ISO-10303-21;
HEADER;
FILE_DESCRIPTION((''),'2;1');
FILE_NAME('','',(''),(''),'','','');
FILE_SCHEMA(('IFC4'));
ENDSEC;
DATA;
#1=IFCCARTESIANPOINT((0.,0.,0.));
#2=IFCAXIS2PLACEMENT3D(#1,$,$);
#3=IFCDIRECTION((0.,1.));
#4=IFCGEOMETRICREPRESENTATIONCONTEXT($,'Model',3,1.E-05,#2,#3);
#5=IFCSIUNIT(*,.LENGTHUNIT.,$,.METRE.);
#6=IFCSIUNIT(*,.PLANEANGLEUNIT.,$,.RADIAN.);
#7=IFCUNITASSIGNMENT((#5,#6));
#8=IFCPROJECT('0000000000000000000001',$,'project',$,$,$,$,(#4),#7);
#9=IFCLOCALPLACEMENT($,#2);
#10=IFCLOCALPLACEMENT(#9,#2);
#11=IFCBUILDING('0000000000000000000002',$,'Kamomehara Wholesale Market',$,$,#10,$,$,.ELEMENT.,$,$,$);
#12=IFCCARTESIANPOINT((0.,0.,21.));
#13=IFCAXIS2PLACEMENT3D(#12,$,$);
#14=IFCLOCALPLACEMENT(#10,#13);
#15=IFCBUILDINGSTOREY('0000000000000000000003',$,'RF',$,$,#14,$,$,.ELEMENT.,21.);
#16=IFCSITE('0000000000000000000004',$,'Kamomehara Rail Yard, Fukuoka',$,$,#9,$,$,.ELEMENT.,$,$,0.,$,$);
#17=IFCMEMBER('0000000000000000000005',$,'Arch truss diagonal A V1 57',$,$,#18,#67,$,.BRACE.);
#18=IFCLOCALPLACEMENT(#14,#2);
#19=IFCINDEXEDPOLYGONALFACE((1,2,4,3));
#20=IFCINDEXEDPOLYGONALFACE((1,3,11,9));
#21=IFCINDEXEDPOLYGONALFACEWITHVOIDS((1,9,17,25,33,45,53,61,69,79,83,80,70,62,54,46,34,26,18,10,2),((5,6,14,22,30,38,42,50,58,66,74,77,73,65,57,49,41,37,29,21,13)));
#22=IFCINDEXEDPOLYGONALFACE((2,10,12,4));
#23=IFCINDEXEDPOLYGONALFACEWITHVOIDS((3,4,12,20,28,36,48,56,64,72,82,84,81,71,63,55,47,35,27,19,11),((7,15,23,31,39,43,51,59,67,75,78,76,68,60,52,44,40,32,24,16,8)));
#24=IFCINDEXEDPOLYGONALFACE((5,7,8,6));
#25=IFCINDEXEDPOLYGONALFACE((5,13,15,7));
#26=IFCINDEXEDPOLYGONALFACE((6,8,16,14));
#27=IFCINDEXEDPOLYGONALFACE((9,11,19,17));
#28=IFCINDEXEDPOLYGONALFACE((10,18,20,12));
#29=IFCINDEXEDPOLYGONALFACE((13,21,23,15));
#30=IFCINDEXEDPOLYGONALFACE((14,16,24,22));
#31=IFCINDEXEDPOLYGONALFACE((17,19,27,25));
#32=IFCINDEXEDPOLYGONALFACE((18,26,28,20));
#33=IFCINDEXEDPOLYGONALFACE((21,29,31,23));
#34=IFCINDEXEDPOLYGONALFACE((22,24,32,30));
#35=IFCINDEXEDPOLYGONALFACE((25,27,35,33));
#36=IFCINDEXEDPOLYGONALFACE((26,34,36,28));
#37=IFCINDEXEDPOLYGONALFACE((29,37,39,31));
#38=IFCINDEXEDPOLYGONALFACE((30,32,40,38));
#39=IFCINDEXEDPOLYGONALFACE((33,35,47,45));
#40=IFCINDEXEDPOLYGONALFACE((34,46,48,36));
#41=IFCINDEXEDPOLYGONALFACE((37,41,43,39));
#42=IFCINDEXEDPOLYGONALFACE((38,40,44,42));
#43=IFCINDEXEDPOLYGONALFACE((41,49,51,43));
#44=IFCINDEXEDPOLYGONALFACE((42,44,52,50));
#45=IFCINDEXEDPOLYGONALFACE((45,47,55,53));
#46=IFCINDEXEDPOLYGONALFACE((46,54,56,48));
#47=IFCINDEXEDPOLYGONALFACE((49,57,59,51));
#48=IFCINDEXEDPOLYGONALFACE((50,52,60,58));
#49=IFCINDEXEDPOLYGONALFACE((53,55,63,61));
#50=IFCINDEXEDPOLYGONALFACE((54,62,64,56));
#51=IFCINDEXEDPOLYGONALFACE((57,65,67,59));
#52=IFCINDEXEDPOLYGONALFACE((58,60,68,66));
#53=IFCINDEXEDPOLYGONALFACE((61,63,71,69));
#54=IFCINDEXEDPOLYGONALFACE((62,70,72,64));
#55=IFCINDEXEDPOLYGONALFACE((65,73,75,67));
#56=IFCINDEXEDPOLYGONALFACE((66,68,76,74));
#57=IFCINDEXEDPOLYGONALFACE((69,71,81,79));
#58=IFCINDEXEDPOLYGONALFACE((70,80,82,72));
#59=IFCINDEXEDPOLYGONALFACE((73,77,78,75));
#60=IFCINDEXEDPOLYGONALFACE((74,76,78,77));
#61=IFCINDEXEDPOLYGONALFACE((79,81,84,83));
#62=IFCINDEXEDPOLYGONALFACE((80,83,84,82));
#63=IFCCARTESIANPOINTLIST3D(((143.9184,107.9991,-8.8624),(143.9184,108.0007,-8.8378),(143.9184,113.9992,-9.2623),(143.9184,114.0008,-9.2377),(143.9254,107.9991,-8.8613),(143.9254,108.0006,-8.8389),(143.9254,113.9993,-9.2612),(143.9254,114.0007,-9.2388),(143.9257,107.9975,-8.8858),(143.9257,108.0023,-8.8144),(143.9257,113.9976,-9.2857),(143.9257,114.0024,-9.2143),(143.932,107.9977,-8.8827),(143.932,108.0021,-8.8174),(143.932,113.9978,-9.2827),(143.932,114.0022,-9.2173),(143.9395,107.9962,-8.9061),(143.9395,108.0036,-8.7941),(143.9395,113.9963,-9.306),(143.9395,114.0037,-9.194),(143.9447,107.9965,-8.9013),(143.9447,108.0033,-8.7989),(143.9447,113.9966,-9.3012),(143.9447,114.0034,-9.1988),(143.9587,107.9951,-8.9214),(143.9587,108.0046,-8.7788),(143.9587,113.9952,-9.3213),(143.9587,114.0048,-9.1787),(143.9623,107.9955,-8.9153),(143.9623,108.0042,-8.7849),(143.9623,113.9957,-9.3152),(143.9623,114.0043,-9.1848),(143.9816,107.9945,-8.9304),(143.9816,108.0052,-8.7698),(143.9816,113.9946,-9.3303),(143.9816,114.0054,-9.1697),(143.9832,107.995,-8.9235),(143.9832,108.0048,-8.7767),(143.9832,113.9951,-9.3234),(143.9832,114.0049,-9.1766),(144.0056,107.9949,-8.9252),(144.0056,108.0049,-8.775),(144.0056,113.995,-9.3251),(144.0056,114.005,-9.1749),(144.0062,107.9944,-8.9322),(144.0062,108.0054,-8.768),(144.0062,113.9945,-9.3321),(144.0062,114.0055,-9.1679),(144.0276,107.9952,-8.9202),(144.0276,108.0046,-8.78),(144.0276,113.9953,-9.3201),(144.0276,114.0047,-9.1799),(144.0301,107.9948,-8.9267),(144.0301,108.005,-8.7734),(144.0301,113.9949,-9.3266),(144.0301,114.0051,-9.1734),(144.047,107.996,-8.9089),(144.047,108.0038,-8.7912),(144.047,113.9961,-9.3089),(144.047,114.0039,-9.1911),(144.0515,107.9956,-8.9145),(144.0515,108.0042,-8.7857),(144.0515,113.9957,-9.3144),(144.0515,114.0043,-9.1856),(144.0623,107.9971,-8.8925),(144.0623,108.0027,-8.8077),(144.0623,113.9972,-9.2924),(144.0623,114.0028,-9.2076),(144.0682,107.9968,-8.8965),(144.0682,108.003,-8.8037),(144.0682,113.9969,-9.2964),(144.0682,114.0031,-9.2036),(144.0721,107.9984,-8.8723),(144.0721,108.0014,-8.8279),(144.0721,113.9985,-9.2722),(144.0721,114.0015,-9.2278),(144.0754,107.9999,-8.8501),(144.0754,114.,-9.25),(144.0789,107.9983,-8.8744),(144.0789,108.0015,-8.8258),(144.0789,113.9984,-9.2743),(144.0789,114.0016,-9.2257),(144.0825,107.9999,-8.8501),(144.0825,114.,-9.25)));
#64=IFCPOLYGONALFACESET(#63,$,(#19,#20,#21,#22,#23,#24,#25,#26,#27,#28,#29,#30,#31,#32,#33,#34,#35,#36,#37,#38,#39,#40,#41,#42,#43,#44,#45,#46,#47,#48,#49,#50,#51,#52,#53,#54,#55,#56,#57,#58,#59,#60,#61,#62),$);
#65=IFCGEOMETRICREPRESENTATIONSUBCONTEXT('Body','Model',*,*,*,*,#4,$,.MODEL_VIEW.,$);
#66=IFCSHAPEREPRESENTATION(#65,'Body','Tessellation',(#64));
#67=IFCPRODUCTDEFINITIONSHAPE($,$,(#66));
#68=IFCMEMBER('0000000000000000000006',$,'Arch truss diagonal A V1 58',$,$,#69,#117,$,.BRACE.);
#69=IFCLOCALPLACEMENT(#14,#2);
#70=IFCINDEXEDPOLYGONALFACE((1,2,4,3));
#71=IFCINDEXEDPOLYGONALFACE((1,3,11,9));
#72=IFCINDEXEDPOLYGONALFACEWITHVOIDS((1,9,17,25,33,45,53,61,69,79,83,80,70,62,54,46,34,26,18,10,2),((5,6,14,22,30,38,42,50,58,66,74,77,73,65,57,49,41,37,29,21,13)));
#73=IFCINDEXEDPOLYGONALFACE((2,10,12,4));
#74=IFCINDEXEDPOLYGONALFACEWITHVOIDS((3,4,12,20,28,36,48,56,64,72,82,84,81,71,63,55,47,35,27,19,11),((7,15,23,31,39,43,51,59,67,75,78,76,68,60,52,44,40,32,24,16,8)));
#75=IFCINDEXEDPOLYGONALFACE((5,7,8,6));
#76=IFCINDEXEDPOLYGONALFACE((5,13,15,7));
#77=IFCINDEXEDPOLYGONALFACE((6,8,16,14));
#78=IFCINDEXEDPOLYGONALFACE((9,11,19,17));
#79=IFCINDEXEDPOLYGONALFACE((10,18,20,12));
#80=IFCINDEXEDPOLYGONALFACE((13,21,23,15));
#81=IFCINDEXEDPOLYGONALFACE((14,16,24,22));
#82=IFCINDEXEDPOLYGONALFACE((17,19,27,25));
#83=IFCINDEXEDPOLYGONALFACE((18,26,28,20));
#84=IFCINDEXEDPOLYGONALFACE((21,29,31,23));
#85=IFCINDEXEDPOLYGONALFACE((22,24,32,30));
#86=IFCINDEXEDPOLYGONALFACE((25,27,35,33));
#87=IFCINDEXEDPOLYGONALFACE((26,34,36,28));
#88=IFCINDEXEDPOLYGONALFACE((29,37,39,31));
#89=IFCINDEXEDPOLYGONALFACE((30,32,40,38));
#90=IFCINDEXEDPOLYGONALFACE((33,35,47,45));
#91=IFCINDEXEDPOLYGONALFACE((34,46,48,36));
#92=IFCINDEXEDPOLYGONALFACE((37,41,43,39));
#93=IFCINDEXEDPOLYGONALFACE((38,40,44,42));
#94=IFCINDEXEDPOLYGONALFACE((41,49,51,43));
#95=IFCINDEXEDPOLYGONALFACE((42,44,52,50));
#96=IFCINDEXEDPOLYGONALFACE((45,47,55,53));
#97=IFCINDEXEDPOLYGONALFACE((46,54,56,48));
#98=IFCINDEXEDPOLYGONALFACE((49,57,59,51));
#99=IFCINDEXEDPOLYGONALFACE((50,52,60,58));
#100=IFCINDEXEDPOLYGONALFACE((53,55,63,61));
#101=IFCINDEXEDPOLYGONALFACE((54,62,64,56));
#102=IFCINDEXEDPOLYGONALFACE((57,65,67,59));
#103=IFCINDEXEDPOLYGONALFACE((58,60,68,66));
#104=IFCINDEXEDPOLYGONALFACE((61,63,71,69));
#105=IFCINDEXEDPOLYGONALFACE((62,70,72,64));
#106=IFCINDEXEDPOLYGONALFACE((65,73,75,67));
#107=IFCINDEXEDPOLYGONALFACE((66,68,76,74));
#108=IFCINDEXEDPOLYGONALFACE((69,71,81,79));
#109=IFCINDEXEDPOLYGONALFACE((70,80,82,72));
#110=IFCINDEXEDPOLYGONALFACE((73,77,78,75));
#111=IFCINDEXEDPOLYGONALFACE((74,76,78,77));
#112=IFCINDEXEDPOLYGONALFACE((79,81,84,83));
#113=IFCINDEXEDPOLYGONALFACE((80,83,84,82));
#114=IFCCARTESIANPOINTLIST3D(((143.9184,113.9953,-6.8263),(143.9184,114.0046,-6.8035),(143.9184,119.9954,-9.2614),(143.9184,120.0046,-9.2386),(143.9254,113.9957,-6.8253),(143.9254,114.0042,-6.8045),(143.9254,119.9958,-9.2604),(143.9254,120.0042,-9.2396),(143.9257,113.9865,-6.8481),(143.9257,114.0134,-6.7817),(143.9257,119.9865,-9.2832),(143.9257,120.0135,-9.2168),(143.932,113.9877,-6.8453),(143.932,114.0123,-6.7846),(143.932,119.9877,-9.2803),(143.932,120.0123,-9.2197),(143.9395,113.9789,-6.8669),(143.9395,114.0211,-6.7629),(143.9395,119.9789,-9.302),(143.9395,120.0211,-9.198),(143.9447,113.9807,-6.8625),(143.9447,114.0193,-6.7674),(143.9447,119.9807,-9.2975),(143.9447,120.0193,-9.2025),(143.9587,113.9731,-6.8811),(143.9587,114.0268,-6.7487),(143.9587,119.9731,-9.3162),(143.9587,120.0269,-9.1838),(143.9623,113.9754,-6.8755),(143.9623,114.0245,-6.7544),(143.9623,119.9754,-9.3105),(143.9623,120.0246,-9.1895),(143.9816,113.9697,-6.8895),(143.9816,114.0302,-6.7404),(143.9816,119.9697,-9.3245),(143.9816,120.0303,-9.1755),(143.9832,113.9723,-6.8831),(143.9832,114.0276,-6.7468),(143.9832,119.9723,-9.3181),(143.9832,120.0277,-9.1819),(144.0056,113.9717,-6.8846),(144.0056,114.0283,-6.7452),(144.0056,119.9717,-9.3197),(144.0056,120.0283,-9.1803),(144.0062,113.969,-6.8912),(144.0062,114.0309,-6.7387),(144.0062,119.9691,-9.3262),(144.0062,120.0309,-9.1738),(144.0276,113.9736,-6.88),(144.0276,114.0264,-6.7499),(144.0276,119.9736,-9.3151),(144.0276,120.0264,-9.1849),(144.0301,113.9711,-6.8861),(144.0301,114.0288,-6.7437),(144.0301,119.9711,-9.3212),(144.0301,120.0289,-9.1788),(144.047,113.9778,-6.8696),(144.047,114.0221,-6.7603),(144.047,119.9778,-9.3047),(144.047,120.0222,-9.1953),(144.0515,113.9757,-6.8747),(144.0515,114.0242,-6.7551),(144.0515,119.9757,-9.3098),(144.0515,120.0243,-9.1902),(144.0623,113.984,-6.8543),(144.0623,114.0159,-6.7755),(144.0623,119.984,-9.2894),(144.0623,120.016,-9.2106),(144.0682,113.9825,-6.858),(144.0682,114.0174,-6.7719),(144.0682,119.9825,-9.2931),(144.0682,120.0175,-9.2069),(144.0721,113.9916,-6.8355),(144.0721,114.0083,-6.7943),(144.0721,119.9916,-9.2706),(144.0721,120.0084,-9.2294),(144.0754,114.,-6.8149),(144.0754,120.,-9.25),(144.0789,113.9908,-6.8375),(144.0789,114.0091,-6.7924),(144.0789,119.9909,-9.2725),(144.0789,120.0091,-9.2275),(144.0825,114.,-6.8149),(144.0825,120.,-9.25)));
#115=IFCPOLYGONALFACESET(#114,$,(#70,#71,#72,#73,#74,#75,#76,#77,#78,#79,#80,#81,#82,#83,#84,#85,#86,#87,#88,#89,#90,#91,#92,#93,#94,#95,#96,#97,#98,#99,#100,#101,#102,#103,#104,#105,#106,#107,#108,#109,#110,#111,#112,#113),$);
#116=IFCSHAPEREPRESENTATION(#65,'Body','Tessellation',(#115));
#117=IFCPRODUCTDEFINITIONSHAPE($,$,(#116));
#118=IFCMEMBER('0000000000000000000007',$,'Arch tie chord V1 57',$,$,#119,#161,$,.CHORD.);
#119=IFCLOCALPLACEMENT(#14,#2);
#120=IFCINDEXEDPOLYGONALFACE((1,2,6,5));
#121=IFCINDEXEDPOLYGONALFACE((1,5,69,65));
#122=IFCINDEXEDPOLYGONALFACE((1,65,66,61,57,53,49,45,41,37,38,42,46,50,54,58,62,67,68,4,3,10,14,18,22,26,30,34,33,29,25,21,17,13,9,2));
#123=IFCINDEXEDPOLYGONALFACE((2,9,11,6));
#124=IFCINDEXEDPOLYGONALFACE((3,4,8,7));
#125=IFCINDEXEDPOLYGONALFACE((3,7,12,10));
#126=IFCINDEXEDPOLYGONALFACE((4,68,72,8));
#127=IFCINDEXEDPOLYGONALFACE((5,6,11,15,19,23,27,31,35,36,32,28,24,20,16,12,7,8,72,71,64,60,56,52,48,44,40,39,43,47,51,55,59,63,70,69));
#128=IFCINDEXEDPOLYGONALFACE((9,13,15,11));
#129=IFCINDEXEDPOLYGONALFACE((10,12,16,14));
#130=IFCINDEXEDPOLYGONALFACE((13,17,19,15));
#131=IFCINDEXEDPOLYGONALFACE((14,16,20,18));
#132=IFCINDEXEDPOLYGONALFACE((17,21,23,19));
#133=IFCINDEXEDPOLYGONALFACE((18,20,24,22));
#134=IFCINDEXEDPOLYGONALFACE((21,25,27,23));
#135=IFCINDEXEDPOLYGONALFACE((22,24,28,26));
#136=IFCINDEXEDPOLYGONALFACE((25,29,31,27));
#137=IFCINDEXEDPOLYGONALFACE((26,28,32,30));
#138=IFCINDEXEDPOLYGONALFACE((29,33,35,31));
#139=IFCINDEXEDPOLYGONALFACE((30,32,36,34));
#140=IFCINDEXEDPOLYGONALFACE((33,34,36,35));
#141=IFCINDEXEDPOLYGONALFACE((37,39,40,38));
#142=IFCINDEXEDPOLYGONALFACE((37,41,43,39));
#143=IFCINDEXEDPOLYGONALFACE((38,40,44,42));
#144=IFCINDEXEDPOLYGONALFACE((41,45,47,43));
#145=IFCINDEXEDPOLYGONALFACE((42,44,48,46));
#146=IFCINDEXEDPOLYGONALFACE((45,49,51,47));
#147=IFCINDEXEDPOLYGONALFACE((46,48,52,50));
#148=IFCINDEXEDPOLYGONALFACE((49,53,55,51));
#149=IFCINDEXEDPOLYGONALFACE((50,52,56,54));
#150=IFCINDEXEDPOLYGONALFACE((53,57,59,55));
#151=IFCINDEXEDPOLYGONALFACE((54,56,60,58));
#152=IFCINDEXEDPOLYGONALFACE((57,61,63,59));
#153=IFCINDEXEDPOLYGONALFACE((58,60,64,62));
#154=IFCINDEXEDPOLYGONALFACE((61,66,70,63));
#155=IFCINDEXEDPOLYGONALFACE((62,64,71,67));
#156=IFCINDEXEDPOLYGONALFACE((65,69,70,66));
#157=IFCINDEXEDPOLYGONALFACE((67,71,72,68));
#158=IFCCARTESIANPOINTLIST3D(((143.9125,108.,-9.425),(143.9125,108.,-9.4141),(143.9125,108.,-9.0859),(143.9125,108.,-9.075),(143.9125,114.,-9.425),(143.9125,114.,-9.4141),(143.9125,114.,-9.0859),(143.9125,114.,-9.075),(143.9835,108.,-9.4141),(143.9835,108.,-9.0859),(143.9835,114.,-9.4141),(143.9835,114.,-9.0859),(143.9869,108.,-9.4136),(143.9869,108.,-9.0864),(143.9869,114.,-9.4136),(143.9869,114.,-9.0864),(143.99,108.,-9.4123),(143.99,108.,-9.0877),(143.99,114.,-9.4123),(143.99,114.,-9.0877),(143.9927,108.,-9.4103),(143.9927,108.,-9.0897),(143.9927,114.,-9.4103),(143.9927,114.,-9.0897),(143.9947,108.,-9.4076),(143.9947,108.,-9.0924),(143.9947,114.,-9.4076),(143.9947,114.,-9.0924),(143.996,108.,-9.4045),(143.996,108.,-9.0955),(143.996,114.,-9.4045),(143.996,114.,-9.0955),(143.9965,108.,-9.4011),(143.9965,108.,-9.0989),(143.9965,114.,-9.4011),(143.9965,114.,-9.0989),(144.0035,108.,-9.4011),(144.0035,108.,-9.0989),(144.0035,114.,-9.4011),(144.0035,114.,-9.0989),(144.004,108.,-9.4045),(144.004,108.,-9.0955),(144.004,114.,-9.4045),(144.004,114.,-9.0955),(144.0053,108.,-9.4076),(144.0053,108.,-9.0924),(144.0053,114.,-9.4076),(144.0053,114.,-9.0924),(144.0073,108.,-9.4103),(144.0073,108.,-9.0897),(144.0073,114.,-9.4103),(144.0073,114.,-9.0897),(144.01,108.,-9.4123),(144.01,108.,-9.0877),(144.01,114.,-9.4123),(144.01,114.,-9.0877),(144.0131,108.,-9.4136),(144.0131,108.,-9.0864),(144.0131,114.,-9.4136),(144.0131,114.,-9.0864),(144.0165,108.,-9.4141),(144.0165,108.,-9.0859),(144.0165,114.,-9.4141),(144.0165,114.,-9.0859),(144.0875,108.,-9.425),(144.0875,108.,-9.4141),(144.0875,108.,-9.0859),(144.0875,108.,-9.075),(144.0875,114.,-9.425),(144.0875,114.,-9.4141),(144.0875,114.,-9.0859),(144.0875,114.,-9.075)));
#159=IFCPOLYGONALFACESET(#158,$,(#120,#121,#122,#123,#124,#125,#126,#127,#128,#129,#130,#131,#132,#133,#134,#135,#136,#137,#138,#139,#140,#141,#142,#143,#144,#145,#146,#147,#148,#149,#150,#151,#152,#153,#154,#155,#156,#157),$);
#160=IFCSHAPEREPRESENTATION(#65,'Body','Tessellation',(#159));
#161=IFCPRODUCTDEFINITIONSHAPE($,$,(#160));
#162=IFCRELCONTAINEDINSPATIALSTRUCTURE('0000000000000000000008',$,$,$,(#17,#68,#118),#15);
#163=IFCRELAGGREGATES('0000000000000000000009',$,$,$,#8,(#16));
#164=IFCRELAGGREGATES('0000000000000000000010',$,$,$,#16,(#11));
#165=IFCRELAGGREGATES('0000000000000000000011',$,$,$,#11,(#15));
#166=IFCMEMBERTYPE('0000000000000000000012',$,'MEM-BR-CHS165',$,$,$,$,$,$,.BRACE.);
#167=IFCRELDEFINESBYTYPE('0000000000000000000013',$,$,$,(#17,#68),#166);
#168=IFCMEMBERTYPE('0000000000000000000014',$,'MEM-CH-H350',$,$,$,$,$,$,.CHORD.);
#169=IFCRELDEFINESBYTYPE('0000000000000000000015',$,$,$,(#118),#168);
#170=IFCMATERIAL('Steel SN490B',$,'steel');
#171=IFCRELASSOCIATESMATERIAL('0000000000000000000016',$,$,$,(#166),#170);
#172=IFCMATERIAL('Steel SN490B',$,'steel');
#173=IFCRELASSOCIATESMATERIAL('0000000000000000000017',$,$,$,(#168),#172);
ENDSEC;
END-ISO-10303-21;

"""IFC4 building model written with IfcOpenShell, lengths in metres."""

from ifc_helpers import new_model, si_unit, direction, frame, origin, origin_2d, place, context, subcontext, project, spatial, hollow_circle, i_section, extrude, material, material_profile, profile_set, type_object, element, save


model = new_model("IFC4")

# Units and contexts
model_context = context("Model", 3, precision=1e-05, world=origin(), true_north=direction((0.0, 1.0)))
body_context = subcontext(model_context, "Body", "Model", "MODEL_VIEW")
ifc_project = project(units=[si_unit("LENGTHUNIT", "METRE"), si_unit("PLANEANGLEUNIT", "RADIAN")], contexts=[model_context])

# Site, building, storey
site_placement = place(None, origin())
site = spatial("IfcSite", under=ifc_project, at=site_placement, Name="Kamomehara Rail Yard, Fukuoka", CompositionType="ELEMENT", RefElevation=0.0)
building_placement = place(site_placement, origin())
building = spatial("IfcBuilding", under=site, at=building_placement, Name="Kamomehara Wholesale Market", CompositionType="ELEMENT")
storey_placement = place(building_placement, frame((0.0, 0.0, 21.0)))
storey = spatial("IfcBuildingStorey", under=building, at=storey_placement, Name="RF", CompositionType="ELEMENT", Elevation=21.0)

# Members
ifc_material_1 = material(Name="Steel SN490B", Category="steel")
ifc_material_profile_1 = material_profile(ifc_material_1, hollow_circle(Radius=0.0825, WallThickness=0.0071, at=origin_2d()), Name="CHS-165.2x7.1")
ifc_profile_set_1 = profile_set([ifc_material_profile_1], Name="Steel SN490B")
member_type_1 = type_object("IfcMemberType", Name="MEM-BR-CHS165", PredefinedType="BRACE", material=ifc_profile_set_1)
member_1_placement = place(storey_placement, frame((144.0, 114.0, -9.25), z_axis=(0.0, -0.997786, 0.066503), x_axis=(1.0, 0.0, 0.0)))
element("IfcMember", 1, at=member_1_placement, inside=storey, type_object=member_type_1, Name="Arch truss diagonal A V1 57", PredefinedType="BRACE", context=body_context, shape_type="SweptSolid", body=[
    extrude(hollow_circle(Radius=0.0825, WallThickness=0.0071, at=origin_2d()), origin(), (0.0, 0.0, 1.0), 6.0134),
])
member_2_placement = place(storey_placement, frame((144.0, 120.0, -9.25), z_axis=(0.0, -0.926598, 0.376053), x_axis=(1.0, 0.0, 0.0)))
element("IfcMember", 2, at=member_2_placement, inside=storey, type_object=member_type_1, Name="Arch truss diagonal A V1 58", PredefinedType="BRACE", context=body_context, shape_type="SweptSolid", body=[
    extrude(hollow_circle(Radius=0.0825, WallThickness=0.0071, at=origin_2d()), origin(), (0.0, 0.0, 1.0), 6.4753),
])
ifc_material_2 = material(Name="Steel SN490B", Category="steel")
ifc_material_profile_2 = material_profile(ifc_material_2, i_section(OverallWidth=0.175, OverallDepth=0.3501, WebThickness=0.0071, FlangeThickness=0.011, FilletRadius=0.0129, at=origin_2d()), Name="H-350x175x7x11")
ifc_profile_set_2 = profile_set([ifc_material_profile_2], Name="Steel SN490B")
member_type_2 = type_object("IfcMemberType", Name="MEM-CH-H350", PredefinedType="CHORD", material=ifc_profile_set_2)
for number, where, z_axis, x_axis, name in (
    (3, (144.0, 108.0, -9.25), (0.0, 1.0, 0.0), (-1.0, 0.0, 0.0), "Arch tie chord V1 57"),
):
    element("IfcMember", number, at=place(storey_placement, frame(where, z_axis=z_axis, x_axis=x_axis)), inside=storey, type_object=member_type_2, Name=name, PredefinedType="CHORD", context=body_context, shape_type="SweptSolid", body=[
        extrude(i_section(OverallWidth=0.175, OverallDepth=0.3501, WebThickness=0.0071, FlangeThickness=0.011, FilletRadius=0.0129, at=origin_2d()), origin(), (0.0, 0.0, 1.0), 6.0),
    ])

save(model, "model.ifc")
